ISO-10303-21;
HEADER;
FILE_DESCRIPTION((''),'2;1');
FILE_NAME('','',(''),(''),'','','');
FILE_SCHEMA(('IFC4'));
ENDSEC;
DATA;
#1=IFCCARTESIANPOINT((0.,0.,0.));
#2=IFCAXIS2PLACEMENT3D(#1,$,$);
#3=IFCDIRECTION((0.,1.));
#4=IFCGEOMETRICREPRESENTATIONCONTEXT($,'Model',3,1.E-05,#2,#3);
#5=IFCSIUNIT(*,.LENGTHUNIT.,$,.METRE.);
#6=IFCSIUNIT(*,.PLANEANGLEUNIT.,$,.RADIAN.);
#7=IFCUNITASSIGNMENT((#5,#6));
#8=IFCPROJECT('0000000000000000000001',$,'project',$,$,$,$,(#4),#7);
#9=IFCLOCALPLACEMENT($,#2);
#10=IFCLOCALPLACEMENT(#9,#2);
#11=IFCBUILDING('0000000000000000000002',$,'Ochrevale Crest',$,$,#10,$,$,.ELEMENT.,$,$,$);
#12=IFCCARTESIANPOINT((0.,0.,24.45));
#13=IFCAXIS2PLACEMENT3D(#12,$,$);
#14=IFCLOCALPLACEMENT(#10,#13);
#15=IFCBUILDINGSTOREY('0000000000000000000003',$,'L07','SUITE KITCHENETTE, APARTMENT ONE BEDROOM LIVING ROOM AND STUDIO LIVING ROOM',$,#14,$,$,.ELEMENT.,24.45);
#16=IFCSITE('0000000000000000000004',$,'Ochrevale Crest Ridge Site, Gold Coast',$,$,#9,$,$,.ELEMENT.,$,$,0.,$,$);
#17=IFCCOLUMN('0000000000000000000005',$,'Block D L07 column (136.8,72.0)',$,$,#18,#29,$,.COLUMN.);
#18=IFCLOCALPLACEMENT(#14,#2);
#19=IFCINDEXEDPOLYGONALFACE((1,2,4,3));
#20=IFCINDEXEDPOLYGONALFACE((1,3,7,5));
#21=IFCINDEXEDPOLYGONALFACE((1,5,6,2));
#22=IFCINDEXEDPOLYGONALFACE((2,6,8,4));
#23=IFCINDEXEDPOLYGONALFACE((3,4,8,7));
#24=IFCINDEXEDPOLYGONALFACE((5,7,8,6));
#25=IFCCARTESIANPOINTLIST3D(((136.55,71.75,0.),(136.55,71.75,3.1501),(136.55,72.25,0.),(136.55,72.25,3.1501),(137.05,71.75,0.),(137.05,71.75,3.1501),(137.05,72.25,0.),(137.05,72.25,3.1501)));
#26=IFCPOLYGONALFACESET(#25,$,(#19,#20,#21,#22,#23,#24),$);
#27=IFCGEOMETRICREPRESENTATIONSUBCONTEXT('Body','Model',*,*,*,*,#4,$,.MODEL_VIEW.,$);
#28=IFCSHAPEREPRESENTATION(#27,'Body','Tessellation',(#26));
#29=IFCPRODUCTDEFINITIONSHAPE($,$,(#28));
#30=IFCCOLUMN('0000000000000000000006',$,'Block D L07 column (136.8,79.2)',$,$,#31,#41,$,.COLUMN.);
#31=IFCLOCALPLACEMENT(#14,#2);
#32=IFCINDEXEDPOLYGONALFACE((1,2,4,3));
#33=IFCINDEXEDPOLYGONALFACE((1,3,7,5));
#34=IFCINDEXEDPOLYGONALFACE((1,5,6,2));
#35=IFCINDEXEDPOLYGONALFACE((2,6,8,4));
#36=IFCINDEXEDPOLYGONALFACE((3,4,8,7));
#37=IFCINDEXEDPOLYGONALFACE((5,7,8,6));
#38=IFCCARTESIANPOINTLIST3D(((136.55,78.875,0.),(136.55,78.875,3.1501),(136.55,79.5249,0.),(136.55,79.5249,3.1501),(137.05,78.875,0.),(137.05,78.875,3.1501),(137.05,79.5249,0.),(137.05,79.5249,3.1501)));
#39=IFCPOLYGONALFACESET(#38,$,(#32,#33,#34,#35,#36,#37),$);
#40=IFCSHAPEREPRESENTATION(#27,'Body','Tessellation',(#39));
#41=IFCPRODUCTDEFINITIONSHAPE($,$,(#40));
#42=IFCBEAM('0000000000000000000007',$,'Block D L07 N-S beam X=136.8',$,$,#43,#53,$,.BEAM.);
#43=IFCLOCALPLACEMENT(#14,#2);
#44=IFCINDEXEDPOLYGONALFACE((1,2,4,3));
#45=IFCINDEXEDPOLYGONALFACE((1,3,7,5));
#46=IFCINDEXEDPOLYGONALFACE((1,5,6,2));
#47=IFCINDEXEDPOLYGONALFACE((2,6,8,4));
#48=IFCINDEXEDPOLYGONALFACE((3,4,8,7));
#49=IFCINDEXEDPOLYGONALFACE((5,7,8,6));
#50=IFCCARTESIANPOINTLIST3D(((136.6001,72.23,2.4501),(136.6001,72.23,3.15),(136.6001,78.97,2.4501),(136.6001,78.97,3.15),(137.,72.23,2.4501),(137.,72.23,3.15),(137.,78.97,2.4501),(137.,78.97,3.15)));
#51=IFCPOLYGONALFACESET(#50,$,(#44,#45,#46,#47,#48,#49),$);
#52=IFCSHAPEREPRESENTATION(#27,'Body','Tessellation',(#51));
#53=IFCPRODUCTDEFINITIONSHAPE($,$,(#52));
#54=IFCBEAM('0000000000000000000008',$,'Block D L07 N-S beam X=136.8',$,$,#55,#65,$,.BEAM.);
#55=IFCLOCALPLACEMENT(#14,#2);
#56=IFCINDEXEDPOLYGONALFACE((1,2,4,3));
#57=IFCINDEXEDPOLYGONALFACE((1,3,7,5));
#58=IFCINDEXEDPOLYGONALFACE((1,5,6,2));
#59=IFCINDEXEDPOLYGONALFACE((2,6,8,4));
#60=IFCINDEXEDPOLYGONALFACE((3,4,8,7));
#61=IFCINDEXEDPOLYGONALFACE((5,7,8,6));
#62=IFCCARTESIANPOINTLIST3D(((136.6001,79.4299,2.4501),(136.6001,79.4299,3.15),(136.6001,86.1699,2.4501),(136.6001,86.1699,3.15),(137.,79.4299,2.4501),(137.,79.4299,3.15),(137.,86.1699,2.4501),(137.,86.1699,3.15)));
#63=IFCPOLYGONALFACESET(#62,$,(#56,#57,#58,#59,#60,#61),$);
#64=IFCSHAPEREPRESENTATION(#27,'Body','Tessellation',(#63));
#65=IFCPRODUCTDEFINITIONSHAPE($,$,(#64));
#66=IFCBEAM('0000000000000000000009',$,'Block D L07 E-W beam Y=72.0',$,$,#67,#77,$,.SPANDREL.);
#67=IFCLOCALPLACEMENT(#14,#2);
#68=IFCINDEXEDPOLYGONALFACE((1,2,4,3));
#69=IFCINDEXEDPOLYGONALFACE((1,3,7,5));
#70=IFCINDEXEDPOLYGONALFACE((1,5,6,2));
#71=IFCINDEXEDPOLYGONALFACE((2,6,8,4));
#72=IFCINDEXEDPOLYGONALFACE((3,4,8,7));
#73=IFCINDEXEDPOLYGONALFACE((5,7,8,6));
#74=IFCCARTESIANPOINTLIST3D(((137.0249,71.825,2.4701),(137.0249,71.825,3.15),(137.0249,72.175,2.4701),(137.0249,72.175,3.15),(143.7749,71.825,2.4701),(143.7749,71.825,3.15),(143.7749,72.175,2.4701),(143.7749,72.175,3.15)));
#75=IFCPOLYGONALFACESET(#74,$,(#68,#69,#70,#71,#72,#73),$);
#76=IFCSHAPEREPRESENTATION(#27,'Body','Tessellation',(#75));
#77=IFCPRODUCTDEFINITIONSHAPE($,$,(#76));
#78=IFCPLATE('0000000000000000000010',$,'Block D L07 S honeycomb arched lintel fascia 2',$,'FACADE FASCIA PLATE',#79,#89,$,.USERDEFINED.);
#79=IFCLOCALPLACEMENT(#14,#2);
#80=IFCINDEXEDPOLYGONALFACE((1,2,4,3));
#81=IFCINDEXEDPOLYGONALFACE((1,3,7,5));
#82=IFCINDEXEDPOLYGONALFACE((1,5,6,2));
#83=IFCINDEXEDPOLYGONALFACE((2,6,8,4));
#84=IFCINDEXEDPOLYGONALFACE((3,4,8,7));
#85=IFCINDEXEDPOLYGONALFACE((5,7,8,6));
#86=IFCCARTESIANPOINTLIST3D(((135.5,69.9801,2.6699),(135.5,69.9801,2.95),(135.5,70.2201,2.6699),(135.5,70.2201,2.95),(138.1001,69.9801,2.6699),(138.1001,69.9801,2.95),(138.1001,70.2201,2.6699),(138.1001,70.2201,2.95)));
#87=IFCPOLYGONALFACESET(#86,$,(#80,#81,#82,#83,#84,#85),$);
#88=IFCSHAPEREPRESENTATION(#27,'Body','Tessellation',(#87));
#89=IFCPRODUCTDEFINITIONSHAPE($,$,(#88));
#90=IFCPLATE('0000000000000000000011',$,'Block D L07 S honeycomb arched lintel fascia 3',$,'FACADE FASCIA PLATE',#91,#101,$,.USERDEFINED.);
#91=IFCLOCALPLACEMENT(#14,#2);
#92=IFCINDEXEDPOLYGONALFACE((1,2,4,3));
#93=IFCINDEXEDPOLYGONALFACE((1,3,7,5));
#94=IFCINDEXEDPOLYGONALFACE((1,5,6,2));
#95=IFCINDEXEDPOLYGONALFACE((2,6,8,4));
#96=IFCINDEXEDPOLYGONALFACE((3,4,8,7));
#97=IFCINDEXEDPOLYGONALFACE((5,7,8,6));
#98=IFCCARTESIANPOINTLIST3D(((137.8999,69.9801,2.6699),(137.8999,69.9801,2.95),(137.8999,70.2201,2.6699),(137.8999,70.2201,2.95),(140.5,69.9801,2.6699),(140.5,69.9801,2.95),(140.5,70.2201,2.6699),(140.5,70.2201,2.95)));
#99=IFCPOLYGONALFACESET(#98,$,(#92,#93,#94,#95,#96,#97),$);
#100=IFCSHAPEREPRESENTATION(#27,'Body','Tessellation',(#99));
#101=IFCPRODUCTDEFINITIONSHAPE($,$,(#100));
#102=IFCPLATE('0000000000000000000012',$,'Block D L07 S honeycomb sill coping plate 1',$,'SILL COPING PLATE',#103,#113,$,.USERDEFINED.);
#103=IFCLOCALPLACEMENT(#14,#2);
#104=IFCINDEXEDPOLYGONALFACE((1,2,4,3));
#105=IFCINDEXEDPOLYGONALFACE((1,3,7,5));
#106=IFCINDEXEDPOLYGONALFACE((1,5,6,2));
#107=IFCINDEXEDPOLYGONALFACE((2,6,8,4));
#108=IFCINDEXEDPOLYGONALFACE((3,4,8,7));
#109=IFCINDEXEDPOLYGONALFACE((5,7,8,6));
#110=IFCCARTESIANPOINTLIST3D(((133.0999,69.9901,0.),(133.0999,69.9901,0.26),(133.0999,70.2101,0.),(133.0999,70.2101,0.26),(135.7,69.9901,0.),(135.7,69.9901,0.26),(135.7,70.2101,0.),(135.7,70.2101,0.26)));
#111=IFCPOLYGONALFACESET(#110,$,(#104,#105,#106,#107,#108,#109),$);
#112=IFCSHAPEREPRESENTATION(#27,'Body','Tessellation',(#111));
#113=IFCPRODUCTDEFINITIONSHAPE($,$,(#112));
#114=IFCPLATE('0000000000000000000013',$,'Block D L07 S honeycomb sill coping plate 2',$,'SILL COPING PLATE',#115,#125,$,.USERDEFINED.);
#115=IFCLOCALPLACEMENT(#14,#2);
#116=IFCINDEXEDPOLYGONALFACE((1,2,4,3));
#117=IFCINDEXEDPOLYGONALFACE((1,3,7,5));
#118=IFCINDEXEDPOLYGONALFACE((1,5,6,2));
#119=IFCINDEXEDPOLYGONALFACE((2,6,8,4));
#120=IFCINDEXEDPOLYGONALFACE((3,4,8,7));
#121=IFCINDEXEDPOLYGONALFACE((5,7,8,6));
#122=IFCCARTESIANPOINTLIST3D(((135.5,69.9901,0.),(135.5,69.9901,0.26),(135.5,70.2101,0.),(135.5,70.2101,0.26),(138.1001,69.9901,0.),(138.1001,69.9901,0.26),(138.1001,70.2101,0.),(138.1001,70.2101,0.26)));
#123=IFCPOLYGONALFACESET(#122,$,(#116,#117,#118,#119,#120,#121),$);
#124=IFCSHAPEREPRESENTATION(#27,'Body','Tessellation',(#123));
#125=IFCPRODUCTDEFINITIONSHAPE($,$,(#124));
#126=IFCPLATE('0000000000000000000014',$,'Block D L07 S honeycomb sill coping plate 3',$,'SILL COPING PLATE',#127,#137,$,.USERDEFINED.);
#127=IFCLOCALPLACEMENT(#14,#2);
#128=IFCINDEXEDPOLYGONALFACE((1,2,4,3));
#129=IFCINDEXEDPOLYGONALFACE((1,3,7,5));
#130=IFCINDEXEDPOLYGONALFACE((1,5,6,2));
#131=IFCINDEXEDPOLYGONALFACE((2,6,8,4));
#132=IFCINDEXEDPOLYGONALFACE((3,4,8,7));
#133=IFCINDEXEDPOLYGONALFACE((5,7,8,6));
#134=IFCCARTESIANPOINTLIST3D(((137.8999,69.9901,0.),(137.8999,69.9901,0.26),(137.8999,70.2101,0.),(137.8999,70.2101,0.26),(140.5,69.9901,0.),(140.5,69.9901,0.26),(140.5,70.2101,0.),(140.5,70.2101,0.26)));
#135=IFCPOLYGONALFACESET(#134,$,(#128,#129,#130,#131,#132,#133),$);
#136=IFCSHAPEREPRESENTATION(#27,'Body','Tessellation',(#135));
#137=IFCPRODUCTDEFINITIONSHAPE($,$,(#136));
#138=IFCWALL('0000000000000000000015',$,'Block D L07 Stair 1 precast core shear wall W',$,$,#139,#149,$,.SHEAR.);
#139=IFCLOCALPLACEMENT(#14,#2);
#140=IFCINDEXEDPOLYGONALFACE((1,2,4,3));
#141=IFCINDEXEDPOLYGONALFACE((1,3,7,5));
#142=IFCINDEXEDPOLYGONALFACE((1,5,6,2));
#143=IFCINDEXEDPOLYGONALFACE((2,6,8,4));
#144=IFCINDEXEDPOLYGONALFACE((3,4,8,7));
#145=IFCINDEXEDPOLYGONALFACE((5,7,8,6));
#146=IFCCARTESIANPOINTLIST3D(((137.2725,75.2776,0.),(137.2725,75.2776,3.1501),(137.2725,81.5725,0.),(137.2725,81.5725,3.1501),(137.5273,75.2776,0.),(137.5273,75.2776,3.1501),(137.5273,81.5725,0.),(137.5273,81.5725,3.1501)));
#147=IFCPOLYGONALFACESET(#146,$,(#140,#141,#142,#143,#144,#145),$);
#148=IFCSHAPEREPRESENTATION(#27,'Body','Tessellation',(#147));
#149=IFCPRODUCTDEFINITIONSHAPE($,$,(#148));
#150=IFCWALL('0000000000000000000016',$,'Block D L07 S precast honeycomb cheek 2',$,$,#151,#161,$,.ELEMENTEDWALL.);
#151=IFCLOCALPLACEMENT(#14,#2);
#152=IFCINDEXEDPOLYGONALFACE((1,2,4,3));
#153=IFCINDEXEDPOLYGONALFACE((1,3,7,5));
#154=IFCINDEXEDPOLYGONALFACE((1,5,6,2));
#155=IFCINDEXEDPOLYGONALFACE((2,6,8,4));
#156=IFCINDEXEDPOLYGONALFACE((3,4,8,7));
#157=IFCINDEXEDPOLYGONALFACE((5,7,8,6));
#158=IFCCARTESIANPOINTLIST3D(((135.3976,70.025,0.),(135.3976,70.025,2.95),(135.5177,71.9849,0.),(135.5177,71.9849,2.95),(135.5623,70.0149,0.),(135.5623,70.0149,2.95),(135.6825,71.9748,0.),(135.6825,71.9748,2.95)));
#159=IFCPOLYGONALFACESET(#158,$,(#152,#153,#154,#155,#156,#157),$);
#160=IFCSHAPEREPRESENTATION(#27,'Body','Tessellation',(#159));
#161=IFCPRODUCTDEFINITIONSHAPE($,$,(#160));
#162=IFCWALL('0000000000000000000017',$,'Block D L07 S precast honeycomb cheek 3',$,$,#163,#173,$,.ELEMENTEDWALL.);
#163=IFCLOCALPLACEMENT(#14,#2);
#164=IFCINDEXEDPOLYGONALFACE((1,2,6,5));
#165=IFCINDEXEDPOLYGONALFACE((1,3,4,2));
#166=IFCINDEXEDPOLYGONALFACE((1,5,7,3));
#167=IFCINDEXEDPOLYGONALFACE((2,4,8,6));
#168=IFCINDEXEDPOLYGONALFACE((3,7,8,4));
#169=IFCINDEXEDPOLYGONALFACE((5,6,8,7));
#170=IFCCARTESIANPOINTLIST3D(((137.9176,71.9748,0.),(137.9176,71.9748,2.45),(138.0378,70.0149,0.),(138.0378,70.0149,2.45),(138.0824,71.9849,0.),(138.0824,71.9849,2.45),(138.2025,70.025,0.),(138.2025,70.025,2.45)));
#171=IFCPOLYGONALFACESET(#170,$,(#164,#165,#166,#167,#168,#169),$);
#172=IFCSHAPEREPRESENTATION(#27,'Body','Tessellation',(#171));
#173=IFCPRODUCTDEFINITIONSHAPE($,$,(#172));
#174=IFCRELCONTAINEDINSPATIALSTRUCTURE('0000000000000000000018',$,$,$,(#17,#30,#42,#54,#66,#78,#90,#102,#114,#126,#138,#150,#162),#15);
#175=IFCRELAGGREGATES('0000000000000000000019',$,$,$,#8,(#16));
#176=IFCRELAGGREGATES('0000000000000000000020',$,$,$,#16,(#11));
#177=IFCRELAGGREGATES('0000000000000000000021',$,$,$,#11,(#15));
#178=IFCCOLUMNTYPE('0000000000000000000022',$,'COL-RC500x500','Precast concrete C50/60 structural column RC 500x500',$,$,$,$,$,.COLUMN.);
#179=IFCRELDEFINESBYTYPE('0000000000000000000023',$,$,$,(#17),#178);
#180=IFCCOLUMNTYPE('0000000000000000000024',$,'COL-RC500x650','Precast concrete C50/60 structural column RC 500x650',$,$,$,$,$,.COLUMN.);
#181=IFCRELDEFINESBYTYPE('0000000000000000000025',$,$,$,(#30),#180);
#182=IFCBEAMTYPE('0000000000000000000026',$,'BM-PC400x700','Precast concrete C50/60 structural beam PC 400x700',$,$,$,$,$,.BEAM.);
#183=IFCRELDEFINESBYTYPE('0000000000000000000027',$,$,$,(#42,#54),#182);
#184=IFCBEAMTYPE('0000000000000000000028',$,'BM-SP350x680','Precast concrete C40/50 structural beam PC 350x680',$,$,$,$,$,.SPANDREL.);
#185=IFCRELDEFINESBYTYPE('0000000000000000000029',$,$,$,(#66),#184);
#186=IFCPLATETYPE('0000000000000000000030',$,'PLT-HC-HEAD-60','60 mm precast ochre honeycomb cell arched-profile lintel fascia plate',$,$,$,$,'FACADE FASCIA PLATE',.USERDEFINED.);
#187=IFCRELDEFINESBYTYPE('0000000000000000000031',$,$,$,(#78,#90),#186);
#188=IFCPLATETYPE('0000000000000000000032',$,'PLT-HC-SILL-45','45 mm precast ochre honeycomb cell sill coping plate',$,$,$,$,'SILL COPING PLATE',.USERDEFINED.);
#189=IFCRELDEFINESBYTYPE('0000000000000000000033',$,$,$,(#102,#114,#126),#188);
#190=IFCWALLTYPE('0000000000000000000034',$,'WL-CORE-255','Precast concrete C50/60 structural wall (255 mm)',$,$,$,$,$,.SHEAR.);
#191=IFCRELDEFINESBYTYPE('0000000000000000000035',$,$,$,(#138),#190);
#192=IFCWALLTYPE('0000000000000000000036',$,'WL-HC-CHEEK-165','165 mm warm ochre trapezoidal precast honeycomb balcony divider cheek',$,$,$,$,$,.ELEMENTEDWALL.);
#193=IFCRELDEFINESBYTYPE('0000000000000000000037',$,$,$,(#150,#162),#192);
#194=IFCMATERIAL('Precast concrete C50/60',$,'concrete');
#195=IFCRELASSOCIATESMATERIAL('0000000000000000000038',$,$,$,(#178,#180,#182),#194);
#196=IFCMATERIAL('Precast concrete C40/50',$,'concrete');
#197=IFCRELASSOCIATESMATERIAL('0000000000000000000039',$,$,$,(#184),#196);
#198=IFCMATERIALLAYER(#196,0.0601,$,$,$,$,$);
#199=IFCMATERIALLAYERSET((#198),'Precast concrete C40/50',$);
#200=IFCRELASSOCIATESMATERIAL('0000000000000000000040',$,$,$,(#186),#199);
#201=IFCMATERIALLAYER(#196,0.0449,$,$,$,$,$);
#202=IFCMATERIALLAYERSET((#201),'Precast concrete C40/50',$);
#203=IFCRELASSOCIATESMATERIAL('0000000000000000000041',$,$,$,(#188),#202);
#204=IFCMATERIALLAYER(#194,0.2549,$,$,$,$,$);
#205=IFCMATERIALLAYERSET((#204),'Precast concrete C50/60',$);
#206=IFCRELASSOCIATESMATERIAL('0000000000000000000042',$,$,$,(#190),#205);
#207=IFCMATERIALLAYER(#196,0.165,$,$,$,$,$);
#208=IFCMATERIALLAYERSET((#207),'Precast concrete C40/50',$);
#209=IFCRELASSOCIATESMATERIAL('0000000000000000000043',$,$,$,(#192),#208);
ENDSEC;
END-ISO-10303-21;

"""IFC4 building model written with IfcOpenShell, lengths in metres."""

from ifc_helpers import new_model, si_unit, direction, frame, frame_2d, origin, origin_2d, place, context, subcontext, project, spatial, rectangle, extrude, material, layer, layer_set, material_profile, profile_set, type_object, element, save


model = new_model("IFC4")

# Units and contexts
model_context = context("Model", 3, precision=1e-05, world=origin(), true_north=direction((0.0, 1.0)))
body_context = subcontext(model_context, "Body", "Model", "MODEL_VIEW")
ifc_project = project(units=[si_unit("LENGTHUNIT", "METRE"), si_unit("PLANEANGLEUNIT", "RADIAN")], contexts=[model_context])

# Site, building, storey
site_placement = place(None, origin())
site = spatial("IfcSite", under=ifc_project, at=site_placement, Name="Ochrevale Crest Ridge Site, Gold Coast", CompositionType="ELEMENT", RefElevation=0.0)
building_placement = place(site_placement, origin())
building = spatial("IfcBuilding", under=site, at=building_placement, Name="Ochrevale Crest", CompositionType="ELEMENT")
storey_placement = place(building_placement, frame((0.0, 0.0, 24.45)))
storey = spatial("IfcBuildingStorey", under=building, at=storey_placement, Name="L07", Description="SUITE KITCHENETTE, APARTMENT ONE BEDROOM LIVING ROOM AND STUDIO LIVING ROOM", CompositionType="ELEMENT", Elevation=24.45)

# Columns
ifc_material_1 = material(Name="Precast concrete C50/60", Category="concrete")
ifc_material_profile_1 = material_profile(ifc_material_1, rectangle(XDim=0.5, YDim=0.5, at=origin_2d()), Name="RC 500x500")
ifc_profile_set_1 = profile_set([ifc_material_profile_1], Name="Precast concrete C50/60")
column_type_1 = type_object("IfcColumnType", Name="COL-RC500x500", Description="Precast concrete C50/60 structural column RC 500x500", PredefinedType="COLUMN", material=ifc_profile_set_1)
column_1_placement = place(storey_placement, frame((136.8, 72.0, 0.0), z_axis=(0.0, 0.0, 1.0), x_axis=(1.0, 0.0, 0.0)))
element("IfcColumn", 1, at=column_1_placement, inside=storey, type_object=column_type_1, Name="Block D L07 column (136.8,72.0)", PredefinedType="COLUMN", context=body_context, shape_type="SweptSolid", body=[
    extrude(rectangle(XDim=0.5, YDim=0.5, at=origin_2d()), origin(), (0.0, 0.0, 1.0), 3.1501),
])
ifc_material_profile_2 = material_profile(ifc_material_1, rectangle(XDim=0.5, YDim=0.6499, at=origin_2d()), Name="RC 500x650")
ifc_profile_set_2 = profile_set([ifc_material_profile_2], Name="Precast concrete C50/60")
column_type_2 = type_object("IfcColumnType", Name="COL-RC500x650", Description="Precast concrete C50/60 structural column RC 500x650", PredefinedType="COLUMN", material=ifc_profile_set_2)
column_2_placement = place(storey_placement, frame((136.8, 79.2, 0.0), z_axis=(0.0, 0.0, 1.0), x_axis=(1.0, 0.0, 0.0)))
element("IfcColumn", 2, at=column_2_placement, inside=storey, type_object=column_type_2, Name="Block D L07 column (136.8,79.2)", PredefinedType="COLUMN", context=body_context, shape_type="SweptSolid", body=[
    extrude(rectangle(XDim=0.5, YDim=0.6499, at=origin_2d()), origin(), (0.0, 0.0, 1.0), 3.1501),
])

# Beams
ifc_material_profile_3 = material_profile(ifc_material_1, rectangle(XDim=0.3999, YDim=0.7, at=origin_2d()), Name="PC 400x700")
ifc_profile_set_3 = profile_set([ifc_material_profile_3], Name="Precast concrete C50/60")
beam_type_1 = type_object("IfcBeamType", Name="BM-PC400x700", Description="Precast concrete C50/60 structural beam PC 400x700", PredefinedType="BEAM", material=ifc_profile_set_3)
for number, where, z_axis, x_axis, name in (
    (3, (136.8, 72.23, 2.8), (0.0, 1.0, 0.0), (-1.0, 0.0, 0.0), "Block D L07 N-S beam X=136.8"),
    (4, (136.8, 79.4299, 2.8), (0.0, 1.0, 0.0), (-1.0, 0.0, 0.0), "Block D L07 N-S beam X=136.8"),
):
    element("IfcBeam", number, at=place(storey_placement, frame(where, z_axis=z_axis, x_axis=x_axis)), inside=storey, type_object=beam_type_1, Name=name, PredefinedType="BEAM", context=body_context, shape_type="SweptSolid", body=[
        extrude(rectangle(XDim=0.3999, YDim=0.7, at=origin_2d()), origin(), (0.0, 0.0, 1.0), 6.74),
    ])
ifc_material_2 = material(Name="Precast concrete C40/50", Category="concrete")
ifc_material_profile_4 = material_profile(ifc_material_2, rectangle(XDim=0.3501, YDim=0.6799, at=origin_2d()), Name="PC 350x680")
ifc_profile_set_4 = profile_set([ifc_material_profile_4], Name="Precast concrete C40/50")
beam_type_2 = type_object("IfcBeamType", Name="BM-SP350x680", Description="Precast concrete C40/50 structural beam PC 350x680", PredefinedType="SPANDREL", material=ifc_profile_set_4)
beam_placement = place(storey_placement, frame((137.0249, 72.0, 2.8101), z_axis=(1.0, 0.0, 0.0), x_axis=(0.0, 1.0, 0.0)))
element("IfcBeam", 5, at=beam_placement, inside=storey, type_object=beam_type_2, Name="Block D L07 E-W beam Y=72.0", PredefinedType="SPANDREL", context=body_context, shape_type="SweptSolid", body=[
    extrude(rectangle(XDim=0.3501, YDim=0.6799, at=origin_2d()), origin(), (0.0, 0.0, 1.0), 6.75),
])

# Plates
ifc_layer_1 = layer(ifc_material_2, 0.0601)
ifc_layer_set_1 = layer_set([ifc_layer_1], Name="Precast concrete C40/50")
plate_type_1 = type_object("IfcPlateType", Name="PLT-HC-HEAD-60", Description="60 mm precast ochre honeycomb cell arched-profile lintel fascia plate", ElementType="FACADE FASCIA PLATE", PredefinedType="USERDEFINED", material=ifc_layer_set_1)
for number, where, z_axis, x_axis, name in (
    (6, (136.8, 70.1001, 2.6699), (0.0, 0.0, 1.0), (1.0, 0.0, 0.0), "Block D L07 S honeycomb arched lintel fascia 2"),
    (7, (139.2, 70.1001, 2.6699), (0.0, 0.0, 1.0), (1.0, 0.0, 0.0), "Block D L07 S honeycomb arched lintel fascia 3"),
):
    element("IfcPlate", number, at=place(storey_placement, frame(where, z_axis=z_axis, x_axis=x_axis)), inside=storey, type_object=plate_type_1, Name=name, ObjectType="FACADE FASCIA PLATE", PredefinedType="USERDEFINED", context=body_context, shape_type="SweptSolid", body=[
        extrude(rectangle(XDim=2.6001, YDim=0.24, at=origin_2d()), origin(), (0.0, 0.0, 1.0), 0.28),
    ])
ifc_layer_2 = layer(ifc_material_2, 0.0449)
ifc_layer_set_2 = layer_set([ifc_layer_2], Name="Precast concrete C40/50")
plate_type_2 = type_object("IfcPlateType", Name="PLT-HC-SILL-45", Description="45 mm precast ochre honeycomb cell sill coping plate", ElementType="SILL COPING PLATE", PredefinedType="USERDEFINED", material=ifc_layer_set_2)
for number, where, z_axis, x_axis, name in (
    (8, (134.3999, 70.1001, 0.0), (0.0, 0.0, 1.0), (1.0, 0.0, 0.0), "Block D L07 S honeycomb sill coping plate 1"),
    (9, (136.8, 70.1001, 0.0), (0.0, 0.0, 1.0), (1.0, 0.0, 0.0), "Block D L07 S honeycomb sill coping plate 2"),
    (10, (139.2, 70.1001, 0.0), (0.0, 0.0, 1.0), (1.0, 0.0, 0.0), "Block D L07 S honeycomb sill coping plate 3"),
):
    element("IfcPlate", number, at=place(storey_placement, frame(where, z_axis=z_axis, x_axis=x_axis)), inside=storey, type_object=plate_type_2, Name=name, ObjectType="SILL COPING PLATE", PredefinedType="USERDEFINED", context=body_context, shape_type="SweptSolid", body=[
        extrude(rectangle(XDim=2.6001, YDim=0.22, at=origin_2d()), origin(), (0.0, 0.0, 1.0), 0.26),
    ])

# Walls
ifc_layer_3 = layer(ifc_material_1, 0.2549)
ifc_layer_set_3 = layer_set([ifc_layer_3], Name="Precast concrete C50/60")
wall_type_1 = type_object("IfcWallType", Name="WL-CORE-255", Description="Precast concrete C50/60 structural wall (255 mm)", PredefinedType="SHEAR", material=ifc_layer_set_3)
wall_1_placement = place(storey_placement, frame((137.3999, 75.2776, 0.0), z_axis=(0.0, 0.0, 1.0), x_axis=(0.0, 1.0, 0.0)))
element("IfcWall", 11, at=wall_1_placement, inside=storey, type_object=wall_type_1, Name="Block D L07 Stair 1 precast core shear wall W", PredefinedType="SHEAR", context=body_context, shape_type="SweptSolid", body=[
    extrude(rectangle(XDim=6.2949, YDim=0.2549, at=frame_2d((3.1475, 0.0))), origin(), (0.0, 0.0, 1.0), 3.1501),
])
ifc_layer_4 = layer(ifc_material_2, 0.165)
ifc_layer_set_4 = layer_set([ifc_layer_4], Name="Precast concrete C40/50")
wall_type_2 = type_object("IfcWallType", Name="WL-HC-CHEEK-165", Description="165 mm warm ochre trapezoidal precast honeycomb balcony divider cheek", PredefinedType="ELEMENTEDWALL", material=ifc_layer_set_4)
wall_2_placement = place(storey_placement, frame((135.6001, 71.98, 0.0), z_axis=(0.0, 0.0, 1.0), x_axis=(-0.061171, -0.998127, 0.0)))
element("IfcWall", 12, at=wall_2_placement, inside=storey, type_object=wall_type_2, Name="Block D L07 S precast honeycomb cheek 2", PredefinedType="ELEMENTEDWALL", context=body_context, shape_type="SweptSolid", body=[
    extrude(rectangle(XDim=1.9636, YDim=0.165, at=frame_2d((0.9819, 0.0))), origin(), (0.0, 0.0, 1.0), 2.95),
])
wall_3_placement = place(storey_placement, frame((138.0, 71.98, 0.0), z_axis=(0.0, 0.0, 1.0), x_axis=(0.061171, -0.998127, 0.0)))
element("IfcWall", 13, at=wall_3_placement, inside=storey, type_object=wall_type_2, Name="Block D L07 S precast honeycomb cheek 3", PredefinedType="ELEMENTEDWALL", context=body_context, shape_type="SweptSolid", body=[
    extrude(rectangle(XDim=1.9636, YDim=0.165, at=frame_2d((0.9819, 0.0))), origin(), (0.0, 0.0, 1.0), 2.45),
])

save(model, "model.ifc")
